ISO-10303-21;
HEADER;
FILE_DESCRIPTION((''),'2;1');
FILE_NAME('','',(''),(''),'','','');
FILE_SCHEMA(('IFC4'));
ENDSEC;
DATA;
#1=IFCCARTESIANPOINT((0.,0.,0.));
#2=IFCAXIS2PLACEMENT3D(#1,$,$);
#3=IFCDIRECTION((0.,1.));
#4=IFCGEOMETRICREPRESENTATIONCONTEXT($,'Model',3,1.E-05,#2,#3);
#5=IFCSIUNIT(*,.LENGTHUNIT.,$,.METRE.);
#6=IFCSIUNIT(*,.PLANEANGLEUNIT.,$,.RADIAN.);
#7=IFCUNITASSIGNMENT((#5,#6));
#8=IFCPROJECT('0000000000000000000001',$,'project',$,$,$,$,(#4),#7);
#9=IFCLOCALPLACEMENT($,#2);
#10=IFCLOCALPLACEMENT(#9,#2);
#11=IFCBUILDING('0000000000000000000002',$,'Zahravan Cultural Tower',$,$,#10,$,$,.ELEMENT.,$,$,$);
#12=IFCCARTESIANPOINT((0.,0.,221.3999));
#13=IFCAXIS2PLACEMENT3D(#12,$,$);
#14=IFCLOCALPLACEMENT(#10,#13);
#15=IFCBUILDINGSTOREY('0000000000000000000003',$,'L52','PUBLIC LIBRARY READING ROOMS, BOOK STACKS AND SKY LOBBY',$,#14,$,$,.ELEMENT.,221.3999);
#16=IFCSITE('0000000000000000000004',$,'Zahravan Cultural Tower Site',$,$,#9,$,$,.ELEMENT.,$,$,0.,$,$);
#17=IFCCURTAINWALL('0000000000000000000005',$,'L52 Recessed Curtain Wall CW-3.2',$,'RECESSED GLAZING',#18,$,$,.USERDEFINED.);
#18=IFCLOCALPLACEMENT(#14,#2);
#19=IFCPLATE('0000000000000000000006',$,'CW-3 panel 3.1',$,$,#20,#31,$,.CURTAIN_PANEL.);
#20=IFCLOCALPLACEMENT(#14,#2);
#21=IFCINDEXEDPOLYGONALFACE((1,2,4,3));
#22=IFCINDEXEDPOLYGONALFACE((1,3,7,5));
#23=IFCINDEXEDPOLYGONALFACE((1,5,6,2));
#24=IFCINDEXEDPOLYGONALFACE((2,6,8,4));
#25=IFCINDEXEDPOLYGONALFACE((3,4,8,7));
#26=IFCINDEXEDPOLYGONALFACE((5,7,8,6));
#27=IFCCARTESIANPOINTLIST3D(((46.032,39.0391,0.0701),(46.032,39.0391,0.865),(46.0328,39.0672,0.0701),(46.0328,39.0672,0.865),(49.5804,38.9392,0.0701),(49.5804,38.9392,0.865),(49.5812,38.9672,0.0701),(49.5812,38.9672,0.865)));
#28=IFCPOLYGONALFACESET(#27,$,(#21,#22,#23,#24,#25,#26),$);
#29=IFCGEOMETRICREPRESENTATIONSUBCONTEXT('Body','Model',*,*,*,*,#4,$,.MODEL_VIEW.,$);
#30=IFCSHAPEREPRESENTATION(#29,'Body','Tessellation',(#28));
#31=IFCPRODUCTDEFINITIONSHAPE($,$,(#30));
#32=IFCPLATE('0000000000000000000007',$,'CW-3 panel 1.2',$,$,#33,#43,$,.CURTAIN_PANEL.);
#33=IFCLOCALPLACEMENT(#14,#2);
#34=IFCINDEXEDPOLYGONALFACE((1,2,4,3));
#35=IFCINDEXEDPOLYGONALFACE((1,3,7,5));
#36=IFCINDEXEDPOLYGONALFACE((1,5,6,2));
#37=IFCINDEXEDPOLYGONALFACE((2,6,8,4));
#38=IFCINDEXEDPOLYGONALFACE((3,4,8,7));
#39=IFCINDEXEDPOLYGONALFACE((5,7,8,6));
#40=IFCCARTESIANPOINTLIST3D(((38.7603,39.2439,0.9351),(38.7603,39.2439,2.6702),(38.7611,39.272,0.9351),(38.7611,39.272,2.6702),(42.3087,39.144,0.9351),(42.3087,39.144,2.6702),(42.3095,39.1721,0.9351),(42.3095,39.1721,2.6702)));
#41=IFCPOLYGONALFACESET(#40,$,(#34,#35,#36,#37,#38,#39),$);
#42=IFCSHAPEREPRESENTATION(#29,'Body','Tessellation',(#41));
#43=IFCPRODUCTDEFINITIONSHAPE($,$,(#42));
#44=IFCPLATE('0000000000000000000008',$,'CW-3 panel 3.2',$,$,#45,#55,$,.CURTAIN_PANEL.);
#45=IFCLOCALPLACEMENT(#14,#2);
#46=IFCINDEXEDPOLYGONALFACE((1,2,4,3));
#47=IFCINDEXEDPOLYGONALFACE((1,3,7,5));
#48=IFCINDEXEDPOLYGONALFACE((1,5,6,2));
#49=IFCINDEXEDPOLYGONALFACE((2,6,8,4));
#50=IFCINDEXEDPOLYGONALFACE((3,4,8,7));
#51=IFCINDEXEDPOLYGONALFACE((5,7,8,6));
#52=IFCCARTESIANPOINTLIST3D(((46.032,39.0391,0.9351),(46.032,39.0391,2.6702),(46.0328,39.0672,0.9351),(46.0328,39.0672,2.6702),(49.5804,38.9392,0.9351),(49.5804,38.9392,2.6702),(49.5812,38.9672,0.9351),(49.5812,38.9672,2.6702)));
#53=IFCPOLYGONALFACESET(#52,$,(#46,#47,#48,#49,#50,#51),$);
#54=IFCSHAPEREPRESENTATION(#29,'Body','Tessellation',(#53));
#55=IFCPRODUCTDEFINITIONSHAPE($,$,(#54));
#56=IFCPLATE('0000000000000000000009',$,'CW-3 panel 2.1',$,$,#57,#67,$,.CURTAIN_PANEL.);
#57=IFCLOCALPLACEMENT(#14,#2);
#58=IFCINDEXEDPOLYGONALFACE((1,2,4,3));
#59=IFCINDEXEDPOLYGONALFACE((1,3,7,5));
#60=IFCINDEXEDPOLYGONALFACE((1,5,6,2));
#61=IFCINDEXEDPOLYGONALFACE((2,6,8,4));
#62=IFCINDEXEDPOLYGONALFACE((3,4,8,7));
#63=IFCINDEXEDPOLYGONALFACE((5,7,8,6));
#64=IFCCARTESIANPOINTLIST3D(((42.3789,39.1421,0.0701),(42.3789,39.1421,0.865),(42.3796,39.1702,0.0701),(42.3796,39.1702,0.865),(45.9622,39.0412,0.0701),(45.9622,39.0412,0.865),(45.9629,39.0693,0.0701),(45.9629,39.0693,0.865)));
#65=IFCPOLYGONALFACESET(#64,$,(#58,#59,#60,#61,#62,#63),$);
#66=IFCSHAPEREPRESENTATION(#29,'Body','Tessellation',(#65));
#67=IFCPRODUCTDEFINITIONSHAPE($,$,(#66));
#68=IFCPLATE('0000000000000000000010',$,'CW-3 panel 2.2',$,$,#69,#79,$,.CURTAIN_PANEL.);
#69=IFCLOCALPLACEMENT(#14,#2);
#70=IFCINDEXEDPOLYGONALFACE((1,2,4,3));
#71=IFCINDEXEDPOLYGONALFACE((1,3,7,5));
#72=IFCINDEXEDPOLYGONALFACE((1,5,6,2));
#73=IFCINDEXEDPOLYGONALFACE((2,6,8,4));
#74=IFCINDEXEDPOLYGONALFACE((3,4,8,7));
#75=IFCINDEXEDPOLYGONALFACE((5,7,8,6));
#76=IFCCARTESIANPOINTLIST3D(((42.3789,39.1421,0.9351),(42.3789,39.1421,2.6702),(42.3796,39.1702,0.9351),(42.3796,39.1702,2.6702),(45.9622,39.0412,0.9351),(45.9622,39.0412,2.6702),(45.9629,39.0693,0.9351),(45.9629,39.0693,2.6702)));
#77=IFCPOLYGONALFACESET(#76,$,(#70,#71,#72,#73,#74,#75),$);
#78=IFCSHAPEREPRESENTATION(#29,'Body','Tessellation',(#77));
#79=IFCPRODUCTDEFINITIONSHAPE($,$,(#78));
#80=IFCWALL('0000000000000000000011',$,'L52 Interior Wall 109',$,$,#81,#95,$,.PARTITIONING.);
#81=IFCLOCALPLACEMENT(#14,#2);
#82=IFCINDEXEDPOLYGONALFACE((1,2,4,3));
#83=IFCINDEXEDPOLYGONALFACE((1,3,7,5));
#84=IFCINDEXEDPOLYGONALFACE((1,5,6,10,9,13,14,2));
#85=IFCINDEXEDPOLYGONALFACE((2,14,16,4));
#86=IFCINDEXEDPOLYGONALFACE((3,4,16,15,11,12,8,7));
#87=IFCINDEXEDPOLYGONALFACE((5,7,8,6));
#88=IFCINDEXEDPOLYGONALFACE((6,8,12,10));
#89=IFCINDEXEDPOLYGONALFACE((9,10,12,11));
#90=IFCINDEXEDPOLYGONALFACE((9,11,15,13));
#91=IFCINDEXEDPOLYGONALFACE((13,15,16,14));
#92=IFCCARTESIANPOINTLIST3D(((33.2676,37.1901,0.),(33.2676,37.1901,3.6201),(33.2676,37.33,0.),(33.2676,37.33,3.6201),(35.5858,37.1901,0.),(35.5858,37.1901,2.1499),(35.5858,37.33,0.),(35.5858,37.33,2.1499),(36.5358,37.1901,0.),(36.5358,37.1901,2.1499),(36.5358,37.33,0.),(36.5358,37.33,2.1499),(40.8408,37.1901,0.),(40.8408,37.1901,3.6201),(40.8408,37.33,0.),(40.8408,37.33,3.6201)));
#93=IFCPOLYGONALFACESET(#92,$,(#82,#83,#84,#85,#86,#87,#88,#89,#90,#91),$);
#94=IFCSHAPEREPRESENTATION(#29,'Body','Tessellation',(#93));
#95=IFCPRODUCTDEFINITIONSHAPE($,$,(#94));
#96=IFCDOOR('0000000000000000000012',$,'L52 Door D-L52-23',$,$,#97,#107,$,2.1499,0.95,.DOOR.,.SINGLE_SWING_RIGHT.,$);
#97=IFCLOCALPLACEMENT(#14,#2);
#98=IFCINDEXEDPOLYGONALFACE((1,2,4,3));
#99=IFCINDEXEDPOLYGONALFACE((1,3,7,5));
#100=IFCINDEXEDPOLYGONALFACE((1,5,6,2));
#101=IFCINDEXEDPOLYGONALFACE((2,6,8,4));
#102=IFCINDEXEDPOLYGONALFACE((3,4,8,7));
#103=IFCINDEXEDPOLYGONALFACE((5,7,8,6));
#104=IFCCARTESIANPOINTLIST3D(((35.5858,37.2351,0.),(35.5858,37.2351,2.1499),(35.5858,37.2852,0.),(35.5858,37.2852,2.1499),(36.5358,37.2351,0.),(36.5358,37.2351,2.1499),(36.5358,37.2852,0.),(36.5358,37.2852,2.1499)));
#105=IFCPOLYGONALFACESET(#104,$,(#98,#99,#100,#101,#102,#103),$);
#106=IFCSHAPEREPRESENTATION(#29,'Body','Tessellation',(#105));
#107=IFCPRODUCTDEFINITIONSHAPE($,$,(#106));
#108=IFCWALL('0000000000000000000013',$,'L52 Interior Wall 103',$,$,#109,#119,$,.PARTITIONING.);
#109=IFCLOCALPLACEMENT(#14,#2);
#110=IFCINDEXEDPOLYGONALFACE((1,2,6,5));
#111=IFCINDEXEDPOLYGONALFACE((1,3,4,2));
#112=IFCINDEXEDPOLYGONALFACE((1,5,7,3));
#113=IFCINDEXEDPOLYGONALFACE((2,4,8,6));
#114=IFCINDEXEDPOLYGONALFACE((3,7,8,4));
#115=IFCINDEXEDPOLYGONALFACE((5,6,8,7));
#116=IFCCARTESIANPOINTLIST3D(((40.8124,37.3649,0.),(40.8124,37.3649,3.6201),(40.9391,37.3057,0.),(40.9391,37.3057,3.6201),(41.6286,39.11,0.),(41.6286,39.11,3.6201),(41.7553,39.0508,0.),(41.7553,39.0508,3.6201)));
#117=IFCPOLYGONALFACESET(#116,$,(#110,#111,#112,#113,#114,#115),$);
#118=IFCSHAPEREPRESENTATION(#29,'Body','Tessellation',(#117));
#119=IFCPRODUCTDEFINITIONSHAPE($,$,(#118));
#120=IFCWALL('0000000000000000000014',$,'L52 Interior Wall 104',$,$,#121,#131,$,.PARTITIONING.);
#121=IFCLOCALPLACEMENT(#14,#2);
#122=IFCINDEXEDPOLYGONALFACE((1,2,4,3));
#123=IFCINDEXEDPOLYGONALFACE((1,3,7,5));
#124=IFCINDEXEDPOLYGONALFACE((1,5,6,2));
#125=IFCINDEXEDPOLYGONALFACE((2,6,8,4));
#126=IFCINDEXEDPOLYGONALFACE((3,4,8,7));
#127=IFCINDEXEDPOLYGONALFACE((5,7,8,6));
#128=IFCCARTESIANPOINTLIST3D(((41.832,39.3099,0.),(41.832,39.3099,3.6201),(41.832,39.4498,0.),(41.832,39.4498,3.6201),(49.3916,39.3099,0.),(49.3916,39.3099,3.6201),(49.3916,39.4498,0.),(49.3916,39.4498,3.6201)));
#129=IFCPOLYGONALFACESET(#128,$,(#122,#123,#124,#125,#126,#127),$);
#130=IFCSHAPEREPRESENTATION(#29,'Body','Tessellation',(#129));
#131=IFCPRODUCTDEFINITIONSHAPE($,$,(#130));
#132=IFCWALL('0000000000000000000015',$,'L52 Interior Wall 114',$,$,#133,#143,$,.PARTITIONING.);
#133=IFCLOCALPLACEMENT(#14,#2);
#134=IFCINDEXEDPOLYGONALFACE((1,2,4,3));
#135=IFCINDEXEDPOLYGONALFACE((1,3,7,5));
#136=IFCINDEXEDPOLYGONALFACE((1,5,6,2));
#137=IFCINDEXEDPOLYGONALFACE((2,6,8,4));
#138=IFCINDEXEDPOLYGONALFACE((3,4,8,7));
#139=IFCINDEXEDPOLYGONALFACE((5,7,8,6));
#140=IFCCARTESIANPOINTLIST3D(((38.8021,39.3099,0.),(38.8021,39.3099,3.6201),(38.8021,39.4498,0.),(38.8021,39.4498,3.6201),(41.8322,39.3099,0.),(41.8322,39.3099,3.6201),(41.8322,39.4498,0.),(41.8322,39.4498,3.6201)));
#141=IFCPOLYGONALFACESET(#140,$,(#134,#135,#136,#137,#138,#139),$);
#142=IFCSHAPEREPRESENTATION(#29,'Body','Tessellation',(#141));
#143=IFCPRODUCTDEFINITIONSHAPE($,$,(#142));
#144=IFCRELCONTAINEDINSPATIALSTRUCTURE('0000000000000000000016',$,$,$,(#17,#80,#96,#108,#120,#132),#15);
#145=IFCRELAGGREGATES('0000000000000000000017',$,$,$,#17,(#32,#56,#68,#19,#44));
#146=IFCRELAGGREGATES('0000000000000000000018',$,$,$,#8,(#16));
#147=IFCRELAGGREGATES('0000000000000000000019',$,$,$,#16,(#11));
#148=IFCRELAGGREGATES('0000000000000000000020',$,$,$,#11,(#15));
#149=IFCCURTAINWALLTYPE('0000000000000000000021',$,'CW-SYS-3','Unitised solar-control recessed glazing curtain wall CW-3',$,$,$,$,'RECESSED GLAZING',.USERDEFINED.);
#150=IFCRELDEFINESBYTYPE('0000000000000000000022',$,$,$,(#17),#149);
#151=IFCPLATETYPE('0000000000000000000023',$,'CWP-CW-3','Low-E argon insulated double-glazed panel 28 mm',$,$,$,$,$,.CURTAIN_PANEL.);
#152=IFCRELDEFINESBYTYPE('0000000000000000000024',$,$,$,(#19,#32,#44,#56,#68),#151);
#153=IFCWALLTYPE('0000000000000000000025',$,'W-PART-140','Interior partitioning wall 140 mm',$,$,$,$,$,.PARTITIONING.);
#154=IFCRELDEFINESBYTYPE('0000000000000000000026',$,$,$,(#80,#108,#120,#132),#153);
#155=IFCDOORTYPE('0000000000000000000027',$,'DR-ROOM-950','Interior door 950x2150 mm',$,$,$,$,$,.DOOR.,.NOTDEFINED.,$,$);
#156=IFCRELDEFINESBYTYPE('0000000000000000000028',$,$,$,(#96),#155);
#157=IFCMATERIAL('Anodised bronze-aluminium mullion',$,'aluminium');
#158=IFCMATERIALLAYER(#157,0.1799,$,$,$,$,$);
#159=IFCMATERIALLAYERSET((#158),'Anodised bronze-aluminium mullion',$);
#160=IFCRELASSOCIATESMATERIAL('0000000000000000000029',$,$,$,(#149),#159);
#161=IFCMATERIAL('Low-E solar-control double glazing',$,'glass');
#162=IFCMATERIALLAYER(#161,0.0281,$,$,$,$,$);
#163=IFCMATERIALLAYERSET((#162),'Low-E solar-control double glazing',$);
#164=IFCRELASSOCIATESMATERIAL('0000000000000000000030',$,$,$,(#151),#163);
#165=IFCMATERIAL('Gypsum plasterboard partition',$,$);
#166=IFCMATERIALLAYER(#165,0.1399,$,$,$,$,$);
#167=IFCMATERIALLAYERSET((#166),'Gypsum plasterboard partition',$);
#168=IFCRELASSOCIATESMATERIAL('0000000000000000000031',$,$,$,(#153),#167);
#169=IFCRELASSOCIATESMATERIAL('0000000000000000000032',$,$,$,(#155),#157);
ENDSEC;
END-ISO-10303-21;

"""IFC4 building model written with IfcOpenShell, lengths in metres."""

from ifc_helpers import new_model, si_unit, direction, frame, frame_2d, origin, origin_2d, place, context, subcontext, project, spatial, rectangle, extrude, source, transform, mapped, material, layer, layer_set, type_object, element, fill, aggregate, save


model = new_model("IFC4")

# Units and contexts
model_context = context("Model", 3, precision=1e-05, world=origin(), true_north=direction((0.0, 1.0)))
body_context = subcontext(model_context, "Body", "Model", "MODEL_VIEW")
ifc_project = project(units=[si_unit("LENGTHUNIT", "METRE"), si_unit("PLANEANGLEUNIT", "RADIAN")], contexts=[model_context])

# Site, building, storey
site_placement = place(None, origin())
site = spatial("IfcSite", under=ifc_project, at=site_placement, Name="Zahravan Cultural Tower Site", CompositionType="ELEMENT", RefElevation=0.0)
building_placement = place(site_placement, origin())
building = spatial("IfcBuilding", under=site, at=building_placement, Name="Zahravan Cultural Tower", CompositionType="ELEMENT")
storey_placement = place(building_placement, frame((0.0, 0.0, 221.3999)))
storey = spatial("IfcBuildingStorey", under=building, at=storey_placement, Name="L52", Description="PUBLIC LIBRARY READING ROOMS, BOOK STACKS AND SKY LOBBY", CompositionType="ELEMENT", Elevation=221.3999)

# Curtain wall, plates
ifc_material_1 = material(Name="Anodised bronze-aluminium mullion", Category="aluminium")
ifc_layer_1 = layer(ifc_material_1, 0.1799)
ifc_layer_set_1 = layer_set([ifc_layer_1], Name="Anodised bronze-aluminium mullion")
curtain_wall_type = type_object("IfcCurtainWallType", Name="CW-SYS-3", Description="Unitised solar-control recessed glazing curtain wall CW-3", ElementType="RECESSED GLAZING", PredefinedType="USERDEFINED", material=ifc_layer_set_1)
curtain_wall_placement = place(storey_placement, origin())
curtain_wall = element("IfcCurtainWall", 1, at=curtain_wall_placement, inside=storey, type_object=curtain_wall_type, Name="L52 Recessed Curtain Wall CW-3.2", ObjectType="RECESSED GLAZING", PredefinedType="USERDEFINED")
ifc_material_2 = material(Name="Low-E solar-control double glazing", Category="glass")
ifc_layer_2 = layer(ifc_material_2, 0.0281)
ifc_layer_set_2 = layer_set([ifc_layer_2], Name="Low-E solar-control double glazing")
plate_type = type_object("IfcPlateType", Name="CWP-CW-3", Description="Low-E argon insulated double-glazed panel 28 mm", PredefinedType="CURTAIN_PANEL", material=ifc_layer_set_2)
shared_shape_1 = source(origin(), body_context, "Body", "SweptSolid", [
    extrude(rectangle(XDim=3.5498, YDim=0.0281, at=origin_2d()), origin(), (0.0, 0.0, 1.0), 0.7949),
])
plate_1_placement = place(storey_placement, frame((47.8066, 39.0032, 0.0701), z_axis=(0.0, 0.0, 1.0), x_axis=(0.999604, -0.028155, 0.0)))
plate_1 = element("IfcPlate", 2, at=plate_1_placement, type_object=plate_type, Name="CW-3 panel 3.1", PredefinedType="CURTAIN_PANEL", context=body_context, shape_type="MappedRepresentation", body=[
    mapped(shared_shape_1, transform((0.0, 0.0, 0.0), x_axis=(1.0, 0.0, 0.0), y_axis=(0.0, 1.0, 0.0), z_axis=(0.0, 0.0, 1.0), scale=1.0)),
])
shared_shape_2 = source(origin(), body_context, "Body", "SweptSolid", [
    extrude(rectangle(XDim=3.5498, YDim=0.0281, at=origin_2d()), origin(), (0.0, 0.0, 1.0), 1.7351),
])
plate_2_placement = place(storey_placement, frame((40.5349, 39.208, 0.9351), z_axis=(0.0, 0.0, 1.0), x_axis=(0.999604, -0.028155, 0.0)))
plate_2 = element("IfcPlate", 3, at=plate_2_placement, type_object=plate_type, Name="CW-3 panel 1.2", PredefinedType="CURTAIN_PANEL", context=body_context, shape_type="MappedRepresentation", body=[
    mapped(shared_shape_2, transform((0.0, 0.0, 0.0), x_axis=(1.0, 0.0, 0.0), y_axis=(0.0, 1.0, 0.0), z_axis=(0.0, 0.0, 1.0), scale=1.0)),
])
plate_3_placement = place(storey_placement, frame((47.8066, 39.0032, 0.9351), z_axis=(0.0, 0.0, 1.0), x_axis=(0.999604, -0.028155, 0.0)))
plate_3 = element("IfcPlate", 4, at=plate_3_placement, type_object=plate_type, Name="CW-3 panel 3.2", PredefinedType="CURTAIN_PANEL", context=body_context, shape_type="MappedRepresentation", body=[
    mapped(shared_shape_2, transform((0.0, 0.0, 0.0), x_axis=(1.0, 0.0, 0.0), y_axis=(0.0, 1.0, 0.0), z_axis=(0.0, 0.0, 1.0), scale=1.0)),
])
shared_shape_3 = source(origin(), body_context, "Body", "SweptSolid", [
    extrude(rectangle(XDim=3.5847, YDim=0.0281, at=origin_2d()), origin(), (0.0, 0.0, 1.0), 0.7949),
])
plate_4_placement = place(storey_placement, frame((44.1709, 39.1057, 0.0701), z_axis=(0.0, 0.0, 1.0), x_axis=(0.999604, -0.028155, 0.0)))
plate_4 = element("IfcPlate", 5, at=plate_4_placement, type_object=plate_type, Name="CW-3 panel 2.1", PredefinedType="CURTAIN_PANEL", context=body_context, shape_type="MappedRepresentation", body=[
    mapped(shared_shape_3, transform((0.0, 0.0, 0.0), x_axis=(1.0, 0.0, 0.0), y_axis=(0.0, 1.0, 0.0), z_axis=(0.0, 0.0, 1.0), scale=1.0)),
])
shared_shape_4 = source(origin(), body_context, "Body", "SweptSolid", [
    extrude(rectangle(XDim=3.5847, YDim=0.0281, at=origin_2d()), origin(), (0.0, 0.0, 1.0), 1.7351),
])
plate_5_placement = place(storey_placement, frame((44.1709, 39.1057, 0.9351), z_axis=(0.0, 0.0, 1.0), x_axis=(0.999604, -0.028155, 0.0)))
plate_5 = element("IfcPlate", 6, at=plate_5_placement, type_object=plate_type, Name="CW-3 panel 2.2", PredefinedType="CURTAIN_PANEL", context=body_context, shape_type="MappedRepresentation", body=[
    mapped(shared_shape_4, transform((0.0, 0.0, 0.0), x_axis=(1.0, 0.0, 0.0), y_axis=(0.0, 1.0, 0.0), z_axis=(0.0, 0.0, 1.0), scale=1.0)),
])
aggregate(curtain_wall, [plate_2, plate_4, plate_5, plate_1, plate_3])

# Wall, opening, door
ifc_material_3 = material(Name="Gypsum plasterboard partition")
ifc_layer_3 = layer(ifc_material_3, 0.1399)
ifc_layer_set_3 = layer_set([ifc_layer_3], Name="Gypsum plasterboard partition")
wall_type = type_object("IfcWallType", Name="W-PART-140", Description="Interior partitioning wall 140 mm", PredefinedType="PARTITIONING", material=ifc_layer_set_3)
door_type = type_object("IfcDoorType", Name="DR-ROOM-950", Description="Interior door 950x2150 mm", OperationType="NOTDEFINED", PredefinedType="DOOR", material=ifc_material_1)
shared_shape_5 = source(origin(), body_context, "Body", "SweptSolid", [
    extrude(rectangle(XDim=0.95, YDim=2.1499, at=frame_2d((0.4751, 1.075))), frame((0.0, 0.0249, 0.0), z_axis=(0.0, -1.0, 0.0), x_axis=(1.0, 0.0, 0.0)), (0.0, 0.0, 1.0), 0.05),
])
wall_1_placement = place(storey_placement, frame((40.8408, 37.26, 0.0), z_axis=(0.0, 0.0, 1.0), x_axis=(-1.0, 0.0, 0.0)))
wall_1 = element("IfcWall", 7, at=wall_1_placement, inside=storey, type_object=wall_type, Name="L52 Interior Wall 109", PredefinedType="PARTITIONING", context=body_context, shape_type="SweptSolid", body=[
    extrude(rectangle(XDim=7.5732, YDim=0.1399, at=frame_2d((3.7866, 0.0))), origin(), (0.0, 0.0, 1.0), 3.6201),
])
opening_1_placement = place(wall_1_placement, frame((4.3049, 0.0, 0.0)))
opening_1 = element("IfcOpeningElement", 8, at=opening_1_placement, cuts=wall_1, PredefinedType="OPENING", context=body_context, shape_type="SweptSolid", body=[
    extrude(rectangle(XDim=0.95, YDim=2.1499, at=frame_2d((0.4751, 1.075))), frame((0.0, 0.0798, 0.0), z_axis=(0.0, -1.0, 0.0), x_axis=(1.0, 0.0, 0.0)), (0.0, 0.0, 1.0), 0.1599),
])
door_1_placement = place(opening_1_placement, origin())
door_1 = element("IfcDoor", 9, at=door_1_placement, inside=storey, type_object=door_type, Name="L52 Door D-L52-23", OperationType="SINGLE_SWING_RIGHT", OverallHeight=2.1499, OverallWidth=0.95, PredefinedType="DOOR", context=body_context, shape_type="MappedRepresentation", body=[
    mapped(shared_shape_5, transform((0.0, 0.0, 0.0), x_axis=(1.0, 0.0, 0.0), y_axis=(0.0, 1.0, 0.0), z_axis=(0.0, 0.0, 1.0), scale=1.0)),
])
fill(opening_1, door_1)

# Walls
shared_shape_6 = source(origin(), body_context, "Body", "SweptSolid", [
    extrude(rectangle(XDim=1.9265, YDim=0.1399, at=frame_2d((0.9634, 0.0))), origin(), (0.0, 0.0, 1.0), 3.6201),
])
wall_2_placement = place(storey_placement, frame((40.8757, 37.3352, 0.0), z_axis=(0.0, 0.0, 1.0), x_axis=(0.423642, 0.90583, 0.0)))
element("IfcWall", 10, at=wall_2_placement, inside=storey, type_object=wall_type, Name="L52 Interior Wall 103", PredefinedType="PARTITIONING", context=body_context, shape_type="MappedRepresentation", body=[
    mapped(shared_shape_6, transform((0.0, 0.0, 0.0), x_axis=(1.0, 0.0, 0.0), y_axis=(0.0, 1.0, 0.0), z_axis=(0.0, 0.0, 1.0), scale=1.0)),
])
shared_shape_7 = source(origin(), body_context, "Body", "SweptSolid", [
    extrude(rectangle(XDim=7.5596, YDim=0.1399, at=frame_2d((3.7798, 0.0))), origin(), (0.0, 0.0, 1.0), 3.6201),
])
wall_3_placement = place(storey_placement, frame((41.832, 39.3799, 0.0), z_axis=(0.0, 0.0, 1.0), x_axis=(1.0, 0.0, 0.0)))
element("IfcWall", 11, at=wall_3_placement, inside=storey, type_object=wall_type, Name="L52 Interior Wall 104", PredefinedType="PARTITIONING", context=body_context, shape_type="MappedRepresentation", body=[
    mapped(shared_shape_7, transform((0.0, 0.0, 0.0), x_axis=(1.0, 0.0, 0.0), y_axis=(0.0, 1.0, 0.0), z_axis=(0.0, 0.0, 1.0), scale=1.0)),
])
shared_shape_8 = source(origin(), body_context, "Body", "SweptSolid", [
    extrude(rectangle(XDim=3.03, YDim=0.1399, at=frame_2d((1.5151, 0.0))), origin(), (0.0, 0.0, 1.0), 3.6201),
])
wall_4_placement = place(storey_placement, frame((38.802, 39.3799, 0.0), z_axis=(0.0, 0.0, 1.0), x_axis=(1.0, 0.0, 0.0)))
element("IfcWall", 12, at=wall_4_placement, inside=storey, type_object=wall_type, Name="L52 Interior Wall 114", PredefinedType="PARTITIONING", context=body_context, shape_type="MappedRepresentation", body=[
    mapped(shared_shape_8, transform((0.0, 0.0, 0.0), x_axis=(1.0, 0.0, 0.0), y_axis=(0.0, 1.0, 0.0), z_axis=(0.0, 0.0, 1.0), scale=1.0)),
])

save(model, "model.ifc")
